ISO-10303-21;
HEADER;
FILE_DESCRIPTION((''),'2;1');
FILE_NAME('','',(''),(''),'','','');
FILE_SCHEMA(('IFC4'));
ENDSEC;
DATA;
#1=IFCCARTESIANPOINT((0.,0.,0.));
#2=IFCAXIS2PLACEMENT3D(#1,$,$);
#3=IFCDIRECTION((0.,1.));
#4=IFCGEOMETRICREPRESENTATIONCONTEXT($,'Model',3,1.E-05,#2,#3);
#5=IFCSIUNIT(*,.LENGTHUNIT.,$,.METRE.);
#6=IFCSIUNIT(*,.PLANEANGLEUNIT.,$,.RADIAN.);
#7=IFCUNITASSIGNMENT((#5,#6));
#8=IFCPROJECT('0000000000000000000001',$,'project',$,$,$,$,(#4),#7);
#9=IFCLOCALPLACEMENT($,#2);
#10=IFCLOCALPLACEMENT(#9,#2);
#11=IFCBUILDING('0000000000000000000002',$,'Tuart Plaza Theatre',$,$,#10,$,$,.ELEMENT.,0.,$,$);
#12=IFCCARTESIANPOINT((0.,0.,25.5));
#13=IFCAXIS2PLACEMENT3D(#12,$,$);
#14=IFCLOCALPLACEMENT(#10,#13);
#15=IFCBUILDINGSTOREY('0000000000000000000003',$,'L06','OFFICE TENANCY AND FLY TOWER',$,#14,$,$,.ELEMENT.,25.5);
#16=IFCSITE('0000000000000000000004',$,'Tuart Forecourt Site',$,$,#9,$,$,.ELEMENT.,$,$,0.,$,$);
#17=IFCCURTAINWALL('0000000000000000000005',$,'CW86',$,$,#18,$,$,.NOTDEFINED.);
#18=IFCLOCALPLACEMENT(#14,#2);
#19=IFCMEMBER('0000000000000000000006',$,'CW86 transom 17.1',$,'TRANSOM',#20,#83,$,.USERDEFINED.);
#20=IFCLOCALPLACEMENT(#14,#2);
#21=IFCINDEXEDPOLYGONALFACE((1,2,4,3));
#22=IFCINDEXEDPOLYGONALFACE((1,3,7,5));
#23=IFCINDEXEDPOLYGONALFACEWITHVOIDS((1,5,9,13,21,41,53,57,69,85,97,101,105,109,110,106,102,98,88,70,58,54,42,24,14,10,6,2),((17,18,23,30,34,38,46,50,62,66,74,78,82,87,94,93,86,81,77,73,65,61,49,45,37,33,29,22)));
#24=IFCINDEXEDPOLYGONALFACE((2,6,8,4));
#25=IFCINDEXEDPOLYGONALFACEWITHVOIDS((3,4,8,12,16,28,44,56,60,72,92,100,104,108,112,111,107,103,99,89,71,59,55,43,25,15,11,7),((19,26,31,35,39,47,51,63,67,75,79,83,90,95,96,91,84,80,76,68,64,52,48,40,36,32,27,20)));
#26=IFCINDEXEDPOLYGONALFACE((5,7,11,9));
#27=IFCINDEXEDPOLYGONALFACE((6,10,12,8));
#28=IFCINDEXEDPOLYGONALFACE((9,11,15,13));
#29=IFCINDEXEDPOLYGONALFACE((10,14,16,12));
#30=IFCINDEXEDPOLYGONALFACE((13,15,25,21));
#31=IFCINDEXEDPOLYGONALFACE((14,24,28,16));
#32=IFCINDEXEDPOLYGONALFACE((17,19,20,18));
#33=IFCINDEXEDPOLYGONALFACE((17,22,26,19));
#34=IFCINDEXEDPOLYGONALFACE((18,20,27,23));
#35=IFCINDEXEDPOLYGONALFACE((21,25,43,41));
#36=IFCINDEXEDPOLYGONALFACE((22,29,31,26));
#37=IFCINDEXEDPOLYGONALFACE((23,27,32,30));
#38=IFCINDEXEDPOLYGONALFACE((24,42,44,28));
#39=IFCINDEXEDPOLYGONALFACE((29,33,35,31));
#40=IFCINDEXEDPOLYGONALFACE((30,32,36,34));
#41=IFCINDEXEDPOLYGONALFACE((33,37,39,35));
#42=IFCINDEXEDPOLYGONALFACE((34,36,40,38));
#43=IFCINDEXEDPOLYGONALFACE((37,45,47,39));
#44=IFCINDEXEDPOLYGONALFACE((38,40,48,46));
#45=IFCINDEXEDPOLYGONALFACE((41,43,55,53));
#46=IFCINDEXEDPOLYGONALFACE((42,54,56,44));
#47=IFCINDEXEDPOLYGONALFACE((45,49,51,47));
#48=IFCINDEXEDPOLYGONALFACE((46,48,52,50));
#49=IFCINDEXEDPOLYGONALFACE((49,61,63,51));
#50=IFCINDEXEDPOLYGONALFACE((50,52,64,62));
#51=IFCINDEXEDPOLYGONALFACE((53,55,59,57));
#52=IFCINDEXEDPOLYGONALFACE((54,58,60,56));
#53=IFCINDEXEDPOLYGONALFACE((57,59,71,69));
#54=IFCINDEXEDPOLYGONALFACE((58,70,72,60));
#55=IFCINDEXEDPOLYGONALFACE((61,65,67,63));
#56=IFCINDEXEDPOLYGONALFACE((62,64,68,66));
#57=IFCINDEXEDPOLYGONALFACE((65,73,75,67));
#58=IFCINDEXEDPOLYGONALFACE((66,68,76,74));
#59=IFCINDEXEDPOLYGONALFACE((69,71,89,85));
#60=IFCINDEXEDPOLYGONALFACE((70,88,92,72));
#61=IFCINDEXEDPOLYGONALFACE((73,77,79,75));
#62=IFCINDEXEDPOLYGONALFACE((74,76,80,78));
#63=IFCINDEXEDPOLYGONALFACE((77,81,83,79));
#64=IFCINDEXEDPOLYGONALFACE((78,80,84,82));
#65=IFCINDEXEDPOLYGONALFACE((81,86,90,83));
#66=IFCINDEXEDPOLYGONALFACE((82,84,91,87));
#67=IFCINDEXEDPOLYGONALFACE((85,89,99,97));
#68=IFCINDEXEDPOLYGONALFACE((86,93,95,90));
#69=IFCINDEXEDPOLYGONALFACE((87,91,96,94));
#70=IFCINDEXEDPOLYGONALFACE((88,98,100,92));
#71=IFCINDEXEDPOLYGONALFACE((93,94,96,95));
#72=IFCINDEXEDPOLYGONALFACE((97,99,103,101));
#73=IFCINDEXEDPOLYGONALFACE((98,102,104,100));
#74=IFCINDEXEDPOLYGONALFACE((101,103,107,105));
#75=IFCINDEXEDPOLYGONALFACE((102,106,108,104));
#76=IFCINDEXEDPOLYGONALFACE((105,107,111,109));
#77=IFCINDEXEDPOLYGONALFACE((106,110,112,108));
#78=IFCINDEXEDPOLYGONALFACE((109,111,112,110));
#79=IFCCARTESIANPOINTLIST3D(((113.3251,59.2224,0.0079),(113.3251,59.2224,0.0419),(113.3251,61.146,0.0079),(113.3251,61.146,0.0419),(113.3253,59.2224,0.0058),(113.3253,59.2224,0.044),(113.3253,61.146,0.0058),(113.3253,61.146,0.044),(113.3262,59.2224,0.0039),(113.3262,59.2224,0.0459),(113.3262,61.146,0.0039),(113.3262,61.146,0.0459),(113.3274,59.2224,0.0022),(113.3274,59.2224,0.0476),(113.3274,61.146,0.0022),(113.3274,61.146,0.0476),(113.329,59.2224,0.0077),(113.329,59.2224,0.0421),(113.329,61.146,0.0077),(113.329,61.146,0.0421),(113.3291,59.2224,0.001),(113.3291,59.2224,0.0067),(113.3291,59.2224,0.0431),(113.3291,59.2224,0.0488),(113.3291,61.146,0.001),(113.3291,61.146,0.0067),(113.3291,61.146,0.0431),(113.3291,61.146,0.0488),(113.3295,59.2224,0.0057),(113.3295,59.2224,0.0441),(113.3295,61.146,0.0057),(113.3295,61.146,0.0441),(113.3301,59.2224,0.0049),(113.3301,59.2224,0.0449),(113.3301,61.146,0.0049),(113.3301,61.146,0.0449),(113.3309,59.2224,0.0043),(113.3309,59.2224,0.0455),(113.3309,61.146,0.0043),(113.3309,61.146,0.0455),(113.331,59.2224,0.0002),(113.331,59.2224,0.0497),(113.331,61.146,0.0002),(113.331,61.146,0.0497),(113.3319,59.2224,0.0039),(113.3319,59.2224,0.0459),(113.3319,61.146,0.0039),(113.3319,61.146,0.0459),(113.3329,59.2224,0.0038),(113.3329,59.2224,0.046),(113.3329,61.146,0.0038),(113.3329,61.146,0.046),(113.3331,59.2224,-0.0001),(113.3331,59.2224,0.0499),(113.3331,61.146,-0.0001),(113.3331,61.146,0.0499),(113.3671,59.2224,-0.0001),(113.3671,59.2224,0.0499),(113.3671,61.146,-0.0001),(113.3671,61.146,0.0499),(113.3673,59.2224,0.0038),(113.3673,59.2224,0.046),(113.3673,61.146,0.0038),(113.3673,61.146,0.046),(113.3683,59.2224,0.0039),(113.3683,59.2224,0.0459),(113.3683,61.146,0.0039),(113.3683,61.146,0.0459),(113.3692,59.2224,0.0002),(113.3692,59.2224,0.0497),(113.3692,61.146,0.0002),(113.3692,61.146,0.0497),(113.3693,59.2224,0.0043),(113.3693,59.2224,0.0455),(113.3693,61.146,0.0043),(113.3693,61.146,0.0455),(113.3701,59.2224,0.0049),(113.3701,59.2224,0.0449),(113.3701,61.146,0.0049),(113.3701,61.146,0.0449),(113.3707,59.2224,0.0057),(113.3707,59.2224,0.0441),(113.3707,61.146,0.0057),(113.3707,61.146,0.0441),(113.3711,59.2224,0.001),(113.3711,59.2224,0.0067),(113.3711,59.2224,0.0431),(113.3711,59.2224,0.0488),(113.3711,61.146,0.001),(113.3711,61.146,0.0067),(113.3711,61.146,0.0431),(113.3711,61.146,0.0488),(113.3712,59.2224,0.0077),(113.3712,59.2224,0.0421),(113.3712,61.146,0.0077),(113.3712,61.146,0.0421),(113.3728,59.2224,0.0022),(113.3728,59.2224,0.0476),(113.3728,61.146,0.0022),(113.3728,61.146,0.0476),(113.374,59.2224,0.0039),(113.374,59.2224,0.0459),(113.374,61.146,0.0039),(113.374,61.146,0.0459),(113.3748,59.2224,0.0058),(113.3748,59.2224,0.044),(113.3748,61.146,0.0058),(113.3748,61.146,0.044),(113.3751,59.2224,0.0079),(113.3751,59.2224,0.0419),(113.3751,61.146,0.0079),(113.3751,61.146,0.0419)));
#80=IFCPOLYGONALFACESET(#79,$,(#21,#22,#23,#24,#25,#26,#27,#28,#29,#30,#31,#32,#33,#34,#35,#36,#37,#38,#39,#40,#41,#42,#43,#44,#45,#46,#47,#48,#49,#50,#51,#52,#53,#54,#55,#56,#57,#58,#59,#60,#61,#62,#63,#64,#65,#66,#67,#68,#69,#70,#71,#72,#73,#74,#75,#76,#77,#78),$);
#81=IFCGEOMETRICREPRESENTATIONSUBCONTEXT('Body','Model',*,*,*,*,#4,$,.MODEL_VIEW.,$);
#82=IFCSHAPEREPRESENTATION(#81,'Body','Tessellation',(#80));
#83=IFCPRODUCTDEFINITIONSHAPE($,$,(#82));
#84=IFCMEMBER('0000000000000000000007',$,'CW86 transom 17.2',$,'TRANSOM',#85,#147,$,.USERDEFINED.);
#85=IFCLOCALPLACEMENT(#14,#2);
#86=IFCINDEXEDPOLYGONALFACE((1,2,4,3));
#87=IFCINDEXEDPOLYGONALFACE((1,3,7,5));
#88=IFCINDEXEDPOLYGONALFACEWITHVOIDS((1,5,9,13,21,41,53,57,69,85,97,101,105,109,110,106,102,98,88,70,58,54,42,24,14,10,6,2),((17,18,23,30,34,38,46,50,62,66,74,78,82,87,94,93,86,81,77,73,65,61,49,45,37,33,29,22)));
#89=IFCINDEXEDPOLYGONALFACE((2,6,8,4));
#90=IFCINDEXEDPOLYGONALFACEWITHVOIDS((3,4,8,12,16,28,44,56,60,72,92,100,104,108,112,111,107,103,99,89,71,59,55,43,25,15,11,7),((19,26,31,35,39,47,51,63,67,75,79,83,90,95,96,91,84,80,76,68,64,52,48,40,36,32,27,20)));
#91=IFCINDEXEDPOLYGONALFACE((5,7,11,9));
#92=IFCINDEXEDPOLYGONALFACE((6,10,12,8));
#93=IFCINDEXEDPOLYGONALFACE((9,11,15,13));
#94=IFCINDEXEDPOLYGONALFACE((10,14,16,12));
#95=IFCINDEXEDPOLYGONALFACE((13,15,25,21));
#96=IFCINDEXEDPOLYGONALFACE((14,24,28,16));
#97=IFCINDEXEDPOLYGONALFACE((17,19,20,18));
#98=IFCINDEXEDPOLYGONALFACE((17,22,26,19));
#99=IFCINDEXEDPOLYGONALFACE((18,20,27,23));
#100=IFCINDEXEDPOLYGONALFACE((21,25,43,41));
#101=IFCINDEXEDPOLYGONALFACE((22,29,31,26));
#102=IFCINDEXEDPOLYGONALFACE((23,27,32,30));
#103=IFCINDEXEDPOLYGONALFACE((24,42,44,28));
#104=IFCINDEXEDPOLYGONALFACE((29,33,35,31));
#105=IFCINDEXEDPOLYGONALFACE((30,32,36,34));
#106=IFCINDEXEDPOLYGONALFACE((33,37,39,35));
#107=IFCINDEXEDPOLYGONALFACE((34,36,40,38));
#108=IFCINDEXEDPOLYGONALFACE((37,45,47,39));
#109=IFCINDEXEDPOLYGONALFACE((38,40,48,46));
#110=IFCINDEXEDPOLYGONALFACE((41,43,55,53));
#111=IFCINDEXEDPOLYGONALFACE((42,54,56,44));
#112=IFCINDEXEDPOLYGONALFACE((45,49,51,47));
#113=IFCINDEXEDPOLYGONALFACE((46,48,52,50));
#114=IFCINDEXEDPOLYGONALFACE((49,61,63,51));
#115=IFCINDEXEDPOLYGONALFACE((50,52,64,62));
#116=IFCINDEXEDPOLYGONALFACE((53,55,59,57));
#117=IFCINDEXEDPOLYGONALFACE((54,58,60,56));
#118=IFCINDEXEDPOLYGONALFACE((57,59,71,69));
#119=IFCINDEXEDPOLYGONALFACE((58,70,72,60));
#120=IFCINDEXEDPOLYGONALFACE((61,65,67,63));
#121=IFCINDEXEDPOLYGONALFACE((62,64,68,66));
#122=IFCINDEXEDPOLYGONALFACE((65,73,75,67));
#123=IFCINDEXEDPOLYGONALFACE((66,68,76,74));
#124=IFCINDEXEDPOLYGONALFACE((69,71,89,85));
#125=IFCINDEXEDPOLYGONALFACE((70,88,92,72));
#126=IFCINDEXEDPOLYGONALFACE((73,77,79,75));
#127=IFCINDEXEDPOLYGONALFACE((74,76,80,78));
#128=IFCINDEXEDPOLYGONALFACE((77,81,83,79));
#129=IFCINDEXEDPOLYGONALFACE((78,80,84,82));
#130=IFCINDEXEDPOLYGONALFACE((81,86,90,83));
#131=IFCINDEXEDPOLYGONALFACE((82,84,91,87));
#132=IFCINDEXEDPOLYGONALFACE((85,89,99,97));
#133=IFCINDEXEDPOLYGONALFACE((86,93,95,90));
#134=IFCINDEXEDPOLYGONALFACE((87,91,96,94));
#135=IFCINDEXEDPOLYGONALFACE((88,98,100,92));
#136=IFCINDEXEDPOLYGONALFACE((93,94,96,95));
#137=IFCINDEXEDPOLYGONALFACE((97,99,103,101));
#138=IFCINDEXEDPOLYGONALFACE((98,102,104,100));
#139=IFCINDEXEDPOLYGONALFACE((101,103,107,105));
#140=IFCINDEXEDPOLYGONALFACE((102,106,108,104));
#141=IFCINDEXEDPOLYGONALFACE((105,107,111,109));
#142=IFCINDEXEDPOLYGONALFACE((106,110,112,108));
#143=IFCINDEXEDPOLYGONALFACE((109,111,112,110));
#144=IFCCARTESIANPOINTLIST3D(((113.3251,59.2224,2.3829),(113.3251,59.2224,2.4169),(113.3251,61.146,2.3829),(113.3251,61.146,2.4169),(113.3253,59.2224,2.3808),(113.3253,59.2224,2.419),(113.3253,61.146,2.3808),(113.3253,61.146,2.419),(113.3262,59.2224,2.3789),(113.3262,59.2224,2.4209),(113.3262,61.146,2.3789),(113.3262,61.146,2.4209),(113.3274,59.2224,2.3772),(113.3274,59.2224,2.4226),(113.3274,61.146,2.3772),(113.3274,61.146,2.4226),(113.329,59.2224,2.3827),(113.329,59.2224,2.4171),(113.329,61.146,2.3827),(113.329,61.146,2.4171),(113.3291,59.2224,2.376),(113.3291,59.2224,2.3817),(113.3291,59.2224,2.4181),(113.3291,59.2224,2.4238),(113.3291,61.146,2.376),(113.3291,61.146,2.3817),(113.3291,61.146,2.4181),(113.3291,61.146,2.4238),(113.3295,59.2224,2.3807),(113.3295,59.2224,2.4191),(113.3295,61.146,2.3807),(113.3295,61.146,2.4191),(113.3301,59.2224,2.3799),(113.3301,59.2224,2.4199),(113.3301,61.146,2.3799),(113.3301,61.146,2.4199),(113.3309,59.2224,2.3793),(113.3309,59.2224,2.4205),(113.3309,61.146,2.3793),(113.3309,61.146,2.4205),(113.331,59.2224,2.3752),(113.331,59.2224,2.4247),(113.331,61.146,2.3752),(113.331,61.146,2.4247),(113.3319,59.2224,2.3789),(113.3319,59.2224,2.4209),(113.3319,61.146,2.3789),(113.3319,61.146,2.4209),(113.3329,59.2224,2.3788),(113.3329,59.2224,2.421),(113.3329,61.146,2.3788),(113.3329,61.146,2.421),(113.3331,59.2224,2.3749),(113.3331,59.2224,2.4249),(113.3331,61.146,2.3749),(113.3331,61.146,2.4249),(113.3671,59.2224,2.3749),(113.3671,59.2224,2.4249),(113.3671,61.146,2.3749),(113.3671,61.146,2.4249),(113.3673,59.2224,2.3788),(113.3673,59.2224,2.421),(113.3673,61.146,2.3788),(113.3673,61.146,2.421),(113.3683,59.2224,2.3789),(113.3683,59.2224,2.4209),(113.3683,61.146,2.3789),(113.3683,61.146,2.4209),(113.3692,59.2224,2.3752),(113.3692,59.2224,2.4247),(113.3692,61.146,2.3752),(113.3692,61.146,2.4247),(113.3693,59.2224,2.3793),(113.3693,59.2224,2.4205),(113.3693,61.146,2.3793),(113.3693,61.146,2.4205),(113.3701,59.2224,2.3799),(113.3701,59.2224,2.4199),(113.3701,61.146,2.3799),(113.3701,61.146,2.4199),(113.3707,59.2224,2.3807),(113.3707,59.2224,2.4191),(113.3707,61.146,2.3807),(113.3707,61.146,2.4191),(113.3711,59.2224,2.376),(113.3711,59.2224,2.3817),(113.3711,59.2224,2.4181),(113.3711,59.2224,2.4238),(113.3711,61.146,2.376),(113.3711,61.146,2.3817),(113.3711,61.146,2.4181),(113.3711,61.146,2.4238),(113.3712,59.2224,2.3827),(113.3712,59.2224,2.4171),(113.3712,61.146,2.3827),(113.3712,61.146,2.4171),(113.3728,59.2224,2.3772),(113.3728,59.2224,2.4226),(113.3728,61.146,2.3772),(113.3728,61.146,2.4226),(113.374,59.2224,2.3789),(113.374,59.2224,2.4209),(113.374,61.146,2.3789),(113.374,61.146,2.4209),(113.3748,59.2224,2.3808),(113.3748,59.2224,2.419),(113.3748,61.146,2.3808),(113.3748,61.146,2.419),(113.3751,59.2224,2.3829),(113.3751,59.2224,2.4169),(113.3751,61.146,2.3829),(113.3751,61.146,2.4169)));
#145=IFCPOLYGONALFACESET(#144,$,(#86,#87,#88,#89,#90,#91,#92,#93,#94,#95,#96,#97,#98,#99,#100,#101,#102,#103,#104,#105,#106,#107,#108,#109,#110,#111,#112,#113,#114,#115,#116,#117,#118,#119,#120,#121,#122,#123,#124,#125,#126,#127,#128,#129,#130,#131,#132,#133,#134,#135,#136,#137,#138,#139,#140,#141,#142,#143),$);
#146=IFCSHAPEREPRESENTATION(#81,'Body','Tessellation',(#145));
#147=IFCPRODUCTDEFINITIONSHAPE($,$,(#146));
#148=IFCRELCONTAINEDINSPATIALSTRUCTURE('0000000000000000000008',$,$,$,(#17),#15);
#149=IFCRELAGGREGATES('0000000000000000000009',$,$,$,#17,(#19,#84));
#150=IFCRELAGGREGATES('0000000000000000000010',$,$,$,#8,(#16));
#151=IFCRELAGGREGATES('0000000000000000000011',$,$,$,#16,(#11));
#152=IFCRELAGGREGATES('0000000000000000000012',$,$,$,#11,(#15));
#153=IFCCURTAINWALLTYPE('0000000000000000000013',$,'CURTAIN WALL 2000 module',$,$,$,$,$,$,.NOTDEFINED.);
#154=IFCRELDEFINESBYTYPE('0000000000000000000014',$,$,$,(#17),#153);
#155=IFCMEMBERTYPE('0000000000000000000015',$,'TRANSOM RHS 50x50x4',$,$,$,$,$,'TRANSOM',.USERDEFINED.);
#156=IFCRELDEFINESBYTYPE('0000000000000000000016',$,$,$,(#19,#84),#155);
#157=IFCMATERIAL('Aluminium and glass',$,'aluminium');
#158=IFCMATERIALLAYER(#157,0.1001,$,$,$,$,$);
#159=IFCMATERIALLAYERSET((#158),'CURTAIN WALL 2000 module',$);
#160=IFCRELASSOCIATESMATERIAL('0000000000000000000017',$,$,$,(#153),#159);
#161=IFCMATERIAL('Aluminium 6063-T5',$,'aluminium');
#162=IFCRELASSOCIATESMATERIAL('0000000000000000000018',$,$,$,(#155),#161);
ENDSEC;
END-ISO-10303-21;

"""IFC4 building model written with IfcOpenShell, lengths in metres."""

from ifc_helpers import new_model, si_unit, direction, frame, origin, origin_2d, place, context, subcontext, project, spatial, hollow_rectangle, extrude, material, layer, layer_set, material_profile, profile_set, type_object, element, aggregate, save


model = new_model("IFC4")

# Units and contexts
model_context = context("Model", 3, precision=1e-05, world=origin(), true_north=direction((0.0, 1.0)))
body_context = subcontext(model_context, "Body", "Model", "MODEL_VIEW")
ifc_project = project(units=[si_unit("LENGTHUNIT", "METRE"), si_unit("PLANEANGLEUNIT", "RADIAN")], contexts=[model_context])

# Site, building, storey
site_placement = place(None, origin())
site = spatial("IfcSite", under=ifc_project, at=site_placement, Name="Tuart Forecourt Site", CompositionType="ELEMENT", RefElevation=0.0)
building_placement = place(site_placement, origin())
building = spatial("IfcBuilding", under=site, at=building_placement, Name="Tuart Plaza Theatre", CompositionType="ELEMENT", ElevationOfRefHeight=0.0)
storey_placement = place(building_placement, frame((0.0, 0.0, 25.5)))
storey = spatial("IfcBuildingStorey", under=building, at=storey_placement, Name="L06", Description="OFFICE TENANCY AND FLY TOWER", CompositionType="ELEMENT", Elevation=25.5)

# Curtain wall, members
ifc_material_1 = material(Name="Aluminium and glass", Category="aluminium")
ifc_layer_1 = layer(ifc_material_1, 0.1001)
ifc_layer_set_1 = layer_set([ifc_layer_1], Name="CURTAIN WALL 2000 module")
curtain_wall_type = type_object("IfcCurtainWallType", Name="CURTAIN WALL 2000 module", PredefinedType="NOTDEFINED", material=ifc_layer_set_1)
curtain_wall_placement = place(storey_placement, origin())
curtain_wall = element("IfcCurtainWall", 1, at=curtain_wall_placement, inside=storey, type_object=curtain_wall_type, Name="CW86", PredefinedType="NOTDEFINED")
ifc_material_2 = material(Name="Aluminium 6063-T5", Category="aluminium")
ifc_material_profile_1 = material_profile(ifc_material_2, hollow_rectangle(XDim=0.05, YDim=0.05, WallThickness=0.0039, InnerFilletRadius=0.0039, OuterFilletRadius=0.0081, at=origin_2d()), Name="RHS 50x50x4")
ifc_profile_set_1 = profile_set([ifc_material_profile_1], Name="Aluminium 6063-T5")
member_type = type_object("IfcMemberType", Name="TRANSOM RHS 50x50x4", ElementType="TRANSOM", PredefinedType="USERDEFINED", material=ifc_profile_set_1)
member_1_placement = place(storey_placement, frame((113.3501, 61.146, 0.0249), z_axis=(0.0, -1.0, 0.0), x_axis=(1.0, 0.0, 0.0)))
member_1 = element("IfcMember", 2, at=member_1_placement, type_object=member_type, Name="CW86 transom 17.1", ObjectType="TRANSOM", PredefinedType="USERDEFINED", context=body_context, shape_type="SweptSolid", body=[
    extrude(hollow_rectangle(XDim=0.05, YDim=0.05, WallThickness=0.0039, InnerFilletRadius=0.0039, OuterFilletRadius=0.0081, at=origin_2d()), origin(), (0.0, 0.0, 1.0), 1.9236),
])
member_2_placement = place(storey_placement, frame((113.3501, 61.146, 2.3999), z_axis=(0.0, -1.0, 0.0), x_axis=(1.0, 0.0, 0.0)))
member_2 = element("IfcMember", 3, at=member_2_placement, type_object=member_type, Name="CW86 transom 17.2", ObjectType="TRANSOM", PredefinedType="USERDEFINED", context=body_context, shape_type="SweptSolid", body=[
    extrude(hollow_rectangle(XDim=0.05, YDim=0.05, WallThickness=0.0039, InnerFilletRadius=0.0039, OuterFilletRadius=0.0081, at=origin_2d()), origin(), (0.0, 0.0, 1.0), 1.9236),
])
aggregate(curtain_wall, [member_1, member_2])

save(model, "model.ifc")
